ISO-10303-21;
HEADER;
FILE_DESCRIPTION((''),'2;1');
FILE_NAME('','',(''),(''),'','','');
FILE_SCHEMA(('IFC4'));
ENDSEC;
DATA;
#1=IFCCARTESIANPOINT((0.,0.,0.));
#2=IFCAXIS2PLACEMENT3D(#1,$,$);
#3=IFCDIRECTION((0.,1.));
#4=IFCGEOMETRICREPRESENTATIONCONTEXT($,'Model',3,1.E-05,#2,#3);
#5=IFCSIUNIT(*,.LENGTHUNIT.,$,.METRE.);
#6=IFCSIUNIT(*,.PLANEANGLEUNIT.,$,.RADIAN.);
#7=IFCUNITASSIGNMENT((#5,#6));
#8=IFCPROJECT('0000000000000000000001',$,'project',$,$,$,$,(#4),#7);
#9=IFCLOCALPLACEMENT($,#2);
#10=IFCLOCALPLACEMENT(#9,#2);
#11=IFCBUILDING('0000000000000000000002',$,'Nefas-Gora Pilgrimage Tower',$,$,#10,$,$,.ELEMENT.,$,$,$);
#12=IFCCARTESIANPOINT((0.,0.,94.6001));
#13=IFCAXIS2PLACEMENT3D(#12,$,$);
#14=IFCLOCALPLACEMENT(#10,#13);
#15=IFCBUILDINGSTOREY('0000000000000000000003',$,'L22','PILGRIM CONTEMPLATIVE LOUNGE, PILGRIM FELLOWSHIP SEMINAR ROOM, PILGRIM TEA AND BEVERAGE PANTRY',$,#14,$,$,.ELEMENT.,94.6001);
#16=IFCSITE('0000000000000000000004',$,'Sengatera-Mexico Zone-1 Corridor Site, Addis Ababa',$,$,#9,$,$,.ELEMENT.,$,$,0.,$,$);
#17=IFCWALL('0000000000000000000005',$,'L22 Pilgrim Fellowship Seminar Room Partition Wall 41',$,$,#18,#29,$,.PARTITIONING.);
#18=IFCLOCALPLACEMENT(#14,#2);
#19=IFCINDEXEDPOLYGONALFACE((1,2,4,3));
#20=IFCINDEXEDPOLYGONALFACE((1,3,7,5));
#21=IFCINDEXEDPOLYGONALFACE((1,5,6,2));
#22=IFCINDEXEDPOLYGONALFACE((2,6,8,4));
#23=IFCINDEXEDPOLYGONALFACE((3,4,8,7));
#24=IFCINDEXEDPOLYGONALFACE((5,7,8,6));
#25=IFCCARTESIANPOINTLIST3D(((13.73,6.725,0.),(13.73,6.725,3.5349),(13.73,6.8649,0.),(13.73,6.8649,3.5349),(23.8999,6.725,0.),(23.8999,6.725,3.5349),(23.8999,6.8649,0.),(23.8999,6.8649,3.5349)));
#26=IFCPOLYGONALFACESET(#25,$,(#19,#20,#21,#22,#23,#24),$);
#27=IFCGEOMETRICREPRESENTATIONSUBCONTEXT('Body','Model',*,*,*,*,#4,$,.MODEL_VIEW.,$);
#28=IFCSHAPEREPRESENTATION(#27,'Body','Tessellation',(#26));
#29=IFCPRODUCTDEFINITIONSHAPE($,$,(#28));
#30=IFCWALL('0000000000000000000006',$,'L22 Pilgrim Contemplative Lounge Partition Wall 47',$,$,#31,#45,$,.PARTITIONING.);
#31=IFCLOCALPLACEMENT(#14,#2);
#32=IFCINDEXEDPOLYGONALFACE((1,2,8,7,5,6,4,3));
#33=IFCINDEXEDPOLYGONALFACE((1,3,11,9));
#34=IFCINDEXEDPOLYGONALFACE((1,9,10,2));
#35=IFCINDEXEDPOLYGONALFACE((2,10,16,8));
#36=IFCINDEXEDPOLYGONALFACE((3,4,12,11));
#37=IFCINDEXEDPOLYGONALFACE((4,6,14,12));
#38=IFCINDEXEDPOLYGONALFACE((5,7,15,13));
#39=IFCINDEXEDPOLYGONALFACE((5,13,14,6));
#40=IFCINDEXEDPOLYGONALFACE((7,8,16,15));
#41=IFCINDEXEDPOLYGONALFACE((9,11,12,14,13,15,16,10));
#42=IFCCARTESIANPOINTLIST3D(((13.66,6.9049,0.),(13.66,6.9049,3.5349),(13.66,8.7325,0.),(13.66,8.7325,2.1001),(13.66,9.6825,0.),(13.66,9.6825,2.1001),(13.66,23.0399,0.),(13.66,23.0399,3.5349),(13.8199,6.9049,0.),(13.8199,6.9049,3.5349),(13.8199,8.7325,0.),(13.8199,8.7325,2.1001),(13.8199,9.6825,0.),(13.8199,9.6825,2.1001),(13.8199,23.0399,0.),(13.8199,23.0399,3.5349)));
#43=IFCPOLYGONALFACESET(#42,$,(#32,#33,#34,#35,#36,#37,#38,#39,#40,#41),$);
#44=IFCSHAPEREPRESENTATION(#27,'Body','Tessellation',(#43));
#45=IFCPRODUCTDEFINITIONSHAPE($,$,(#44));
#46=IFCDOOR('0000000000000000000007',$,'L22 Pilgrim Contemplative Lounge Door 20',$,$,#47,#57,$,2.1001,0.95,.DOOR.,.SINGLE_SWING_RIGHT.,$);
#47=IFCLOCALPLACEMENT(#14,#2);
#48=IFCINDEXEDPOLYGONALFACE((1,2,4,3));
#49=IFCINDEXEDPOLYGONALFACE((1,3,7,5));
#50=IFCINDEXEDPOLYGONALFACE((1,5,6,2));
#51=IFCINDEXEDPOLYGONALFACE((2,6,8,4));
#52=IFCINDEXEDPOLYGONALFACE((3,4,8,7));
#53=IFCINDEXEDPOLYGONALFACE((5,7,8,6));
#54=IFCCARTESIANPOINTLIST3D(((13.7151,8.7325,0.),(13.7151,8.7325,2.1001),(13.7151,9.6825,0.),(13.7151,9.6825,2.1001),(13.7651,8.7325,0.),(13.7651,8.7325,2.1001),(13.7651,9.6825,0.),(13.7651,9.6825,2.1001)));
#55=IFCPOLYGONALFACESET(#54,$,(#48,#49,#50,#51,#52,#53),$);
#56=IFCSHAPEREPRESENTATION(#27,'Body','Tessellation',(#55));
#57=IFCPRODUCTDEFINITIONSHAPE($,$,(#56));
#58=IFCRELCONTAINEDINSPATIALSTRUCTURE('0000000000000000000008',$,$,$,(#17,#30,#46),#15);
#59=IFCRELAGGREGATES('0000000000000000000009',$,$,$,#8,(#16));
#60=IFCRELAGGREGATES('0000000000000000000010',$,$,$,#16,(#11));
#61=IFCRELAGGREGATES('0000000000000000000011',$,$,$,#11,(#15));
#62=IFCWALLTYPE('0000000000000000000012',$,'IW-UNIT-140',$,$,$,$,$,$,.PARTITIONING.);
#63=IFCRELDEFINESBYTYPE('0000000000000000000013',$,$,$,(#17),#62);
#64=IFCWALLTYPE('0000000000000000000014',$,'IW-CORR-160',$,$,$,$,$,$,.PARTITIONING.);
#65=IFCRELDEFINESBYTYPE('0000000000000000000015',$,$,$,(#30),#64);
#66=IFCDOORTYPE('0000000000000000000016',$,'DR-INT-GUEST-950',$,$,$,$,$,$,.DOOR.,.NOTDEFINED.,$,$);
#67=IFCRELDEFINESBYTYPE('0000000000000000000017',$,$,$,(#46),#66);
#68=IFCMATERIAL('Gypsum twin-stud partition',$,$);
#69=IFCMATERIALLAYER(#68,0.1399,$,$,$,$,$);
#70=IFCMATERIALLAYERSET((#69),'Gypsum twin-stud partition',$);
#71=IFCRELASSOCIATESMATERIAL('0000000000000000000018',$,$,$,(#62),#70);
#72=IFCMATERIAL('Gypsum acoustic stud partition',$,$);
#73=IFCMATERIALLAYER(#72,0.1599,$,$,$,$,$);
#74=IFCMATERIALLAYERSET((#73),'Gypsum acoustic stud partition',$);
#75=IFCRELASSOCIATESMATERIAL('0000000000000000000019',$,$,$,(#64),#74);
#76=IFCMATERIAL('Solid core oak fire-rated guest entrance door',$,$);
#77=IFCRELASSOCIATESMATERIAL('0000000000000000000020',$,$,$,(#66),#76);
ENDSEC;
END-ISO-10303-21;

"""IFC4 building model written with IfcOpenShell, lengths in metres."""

from ifc_helpers import new_model, si_unit, direction, frame, frame_2d, origin, place, context, subcontext, project, spatial, rectangle, extrude, source, transform, mapped, material, layer, layer_set, type_object, element, fill, save


model = new_model("IFC4")

# Units and contexts
model_context = context("Model", 3, precision=1e-05, world=origin(), true_north=direction((0.0, 1.0)))
body_context = subcontext(model_context, "Body", "Model", "MODEL_VIEW")
ifc_project = project(units=[si_unit("LENGTHUNIT", "METRE"), si_unit("PLANEANGLEUNIT", "RADIAN")], contexts=[model_context])

# Site, building, storey
site_placement = place(None, origin())
site = spatial("IfcSite", under=ifc_project, at=site_placement, Name="Sengatera-Mexico Zone-1 Corridor Site, Addis Ababa", CompositionType="ELEMENT", RefElevation=0.0)
building_placement = place(site_placement, origin())
building = spatial("IfcBuilding", under=site, at=building_placement, Name="Nefas-Gora Pilgrimage Tower", CompositionType="ELEMENT")
storey_placement = place(building_placement, frame((0.0, 0.0, 94.6001)))
storey = spatial("IfcBuildingStorey", under=building, at=storey_placement, Name="L22", Description="PILGRIM CONTEMPLATIVE LOUNGE, PILGRIM FELLOWSHIP SEMINAR ROOM, PILGRIM TEA AND BEVERAGE PANTRY", CompositionType="ELEMENT", Elevation=94.6001)

# Wall
ifc_material_1 = material(Name="Gypsum twin-stud partition")
ifc_layer_1 = layer(ifc_material_1, 0.1399)
ifc_layer_set_1 = layer_set([ifc_layer_1], Name="Gypsum twin-stud partition")
wall_type_1 = type_object("IfcWallType", Name="IW-UNIT-140", PredefinedType="PARTITIONING", material=ifc_layer_set_1)
shared_shape_1 = source(origin(), body_context, "Body", "SweptSolid", [
    extrude(rectangle(XDim=10.1699, YDim=0.1399, at=frame_2d((5.085, 0.0))), origin(), (0.0, 0.0, 1.0), 3.5349),
])
wall_1_placement = place(storey_placement, frame((13.73, 6.7949, 0.0), z_axis=(0.0, 0.0, 1.0), x_axis=(1.0, 0.0, 0.0)))
element("IfcWall", 1, at=wall_1_placement, inside=storey, type_object=wall_type_1, Name="L22 Pilgrim Fellowship Seminar Room Partition Wall 41", PredefinedType="PARTITIONING", context=body_context, shape_type="MappedRepresentation", body=[
    mapped(shared_shape_1, transform((0.0, 0.0, 0.0), x_axis=(1.0, 0.0, 0.0), y_axis=(0.0, 1.0, 0.0), z_axis=(0.0, 0.0, 1.0), scale=1.0)),
])

# Wall, opening, door
ifc_material_2 = material(Name="Gypsum acoustic stud partition")
ifc_layer_2 = layer(ifc_material_2, 0.1599)
ifc_layer_set_2 = layer_set([ifc_layer_2], Name="Gypsum acoustic stud partition")
wall_type_2 = type_object("IfcWallType", Name="IW-CORR-160", PredefinedType="PARTITIONING", material=ifc_layer_set_2)
shared_shape_2 = source(origin(), body_context, "Body", "SweptSolid", [
    extrude(rectangle(XDim=16.135, YDim=0.1599, at=frame_2d((8.0674, 0.0))), origin(), (0.0, 0.0, 1.0), 3.5349),
])
wall_2_placement = place(storey_placement, frame((13.74, 6.905, 0.0), z_axis=(0.0, 0.0, 1.0), x_axis=(0.0, 1.0, 0.0)))
wall_2 = element("IfcWall", 2, at=wall_2_placement, inside=storey, type_object=wall_type_2, Name="L22 Pilgrim Contemplative Lounge Partition Wall 47", PredefinedType="PARTITIONING", context=body_context, shape_type="MappedRepresentation", body=[
    mapped(shared_shape_2, transform((0.0, 0.0, 0.0), x_axis=(1.0, 0.0, 0.0), y_axis=(0.0, 1.0, 0.0), z_axis=(0.0, 0.0, 1.0), scale=1.0)),
])
opening_1_placement = place(wall_2_placement, frame((1.8274, 0.0, 0.0)))
opening_1 = element("IfcOpeningElement", 3, at=opening_1_placement, cuts=wall_2, PredefinedType="OPENING", context=body_context, shape_type="SweptSolid", body=[
    extrude(rectangle(XDim=0.95, YDim=2.1001, at=frame_2d((0.4751, 1.05))), frame((0.0, 0.0898, 0.0), z_axis=(0.0, -1.0, 0.0), x_axis=(1.0, 0.0, 0.0)), (0.0, 0.0, 1.0), 0.1799),
])
ifc_material_3 = material(Name="Solid core oak fire-rated guest entrance door")
door_type_1 = type_object("IfcDoorType", Name="DR-INT-GUEST-950", OperationType="NOTDEFINED", PredefinedType="DOOR", material=ifc_material_3)
shared_shape_3 = source(origin(), body_context, "Body", "SweptSolid", [
    extrude(rectangle(XDim=0.95, YDim=2.1001, at=frame_2d((0.4751, 1.05))), frame((0.0, 0.0249, 0.0), z_axis=(0.0, -1.0, 0.0), x_axis=(1.0, 0.0, 0.0)), (0.0, 0.0, 1.0), 0.05),
])
door_1_placement = place(opening_1_placement, origin())
door_1 = element("IfcDoor", 4, at=door_1_placement, inside=storey, type_object=door_type_1, Name="L22 Pilgrim Contemplative Lounge Door 20", OperationType="SINGLE_SWING_RIGHT", OverallHeight=2.1001, OverallWidth=0.95, PredefinedType="DOOR", context=body_context, shape_type="MappedRepresentation", body=[
    mapped(shared_shape_3, transform((0.0, 0.0, 0.0), x_axis=(1.0, 0.0, 0.0), y_axis=(0.0, 1.0, 0.0), z_axis=(0.0, 0.0, 1.0), scale=1.0)),
])
fill(opening_1, door_1)

save(model, "model.ifc")
